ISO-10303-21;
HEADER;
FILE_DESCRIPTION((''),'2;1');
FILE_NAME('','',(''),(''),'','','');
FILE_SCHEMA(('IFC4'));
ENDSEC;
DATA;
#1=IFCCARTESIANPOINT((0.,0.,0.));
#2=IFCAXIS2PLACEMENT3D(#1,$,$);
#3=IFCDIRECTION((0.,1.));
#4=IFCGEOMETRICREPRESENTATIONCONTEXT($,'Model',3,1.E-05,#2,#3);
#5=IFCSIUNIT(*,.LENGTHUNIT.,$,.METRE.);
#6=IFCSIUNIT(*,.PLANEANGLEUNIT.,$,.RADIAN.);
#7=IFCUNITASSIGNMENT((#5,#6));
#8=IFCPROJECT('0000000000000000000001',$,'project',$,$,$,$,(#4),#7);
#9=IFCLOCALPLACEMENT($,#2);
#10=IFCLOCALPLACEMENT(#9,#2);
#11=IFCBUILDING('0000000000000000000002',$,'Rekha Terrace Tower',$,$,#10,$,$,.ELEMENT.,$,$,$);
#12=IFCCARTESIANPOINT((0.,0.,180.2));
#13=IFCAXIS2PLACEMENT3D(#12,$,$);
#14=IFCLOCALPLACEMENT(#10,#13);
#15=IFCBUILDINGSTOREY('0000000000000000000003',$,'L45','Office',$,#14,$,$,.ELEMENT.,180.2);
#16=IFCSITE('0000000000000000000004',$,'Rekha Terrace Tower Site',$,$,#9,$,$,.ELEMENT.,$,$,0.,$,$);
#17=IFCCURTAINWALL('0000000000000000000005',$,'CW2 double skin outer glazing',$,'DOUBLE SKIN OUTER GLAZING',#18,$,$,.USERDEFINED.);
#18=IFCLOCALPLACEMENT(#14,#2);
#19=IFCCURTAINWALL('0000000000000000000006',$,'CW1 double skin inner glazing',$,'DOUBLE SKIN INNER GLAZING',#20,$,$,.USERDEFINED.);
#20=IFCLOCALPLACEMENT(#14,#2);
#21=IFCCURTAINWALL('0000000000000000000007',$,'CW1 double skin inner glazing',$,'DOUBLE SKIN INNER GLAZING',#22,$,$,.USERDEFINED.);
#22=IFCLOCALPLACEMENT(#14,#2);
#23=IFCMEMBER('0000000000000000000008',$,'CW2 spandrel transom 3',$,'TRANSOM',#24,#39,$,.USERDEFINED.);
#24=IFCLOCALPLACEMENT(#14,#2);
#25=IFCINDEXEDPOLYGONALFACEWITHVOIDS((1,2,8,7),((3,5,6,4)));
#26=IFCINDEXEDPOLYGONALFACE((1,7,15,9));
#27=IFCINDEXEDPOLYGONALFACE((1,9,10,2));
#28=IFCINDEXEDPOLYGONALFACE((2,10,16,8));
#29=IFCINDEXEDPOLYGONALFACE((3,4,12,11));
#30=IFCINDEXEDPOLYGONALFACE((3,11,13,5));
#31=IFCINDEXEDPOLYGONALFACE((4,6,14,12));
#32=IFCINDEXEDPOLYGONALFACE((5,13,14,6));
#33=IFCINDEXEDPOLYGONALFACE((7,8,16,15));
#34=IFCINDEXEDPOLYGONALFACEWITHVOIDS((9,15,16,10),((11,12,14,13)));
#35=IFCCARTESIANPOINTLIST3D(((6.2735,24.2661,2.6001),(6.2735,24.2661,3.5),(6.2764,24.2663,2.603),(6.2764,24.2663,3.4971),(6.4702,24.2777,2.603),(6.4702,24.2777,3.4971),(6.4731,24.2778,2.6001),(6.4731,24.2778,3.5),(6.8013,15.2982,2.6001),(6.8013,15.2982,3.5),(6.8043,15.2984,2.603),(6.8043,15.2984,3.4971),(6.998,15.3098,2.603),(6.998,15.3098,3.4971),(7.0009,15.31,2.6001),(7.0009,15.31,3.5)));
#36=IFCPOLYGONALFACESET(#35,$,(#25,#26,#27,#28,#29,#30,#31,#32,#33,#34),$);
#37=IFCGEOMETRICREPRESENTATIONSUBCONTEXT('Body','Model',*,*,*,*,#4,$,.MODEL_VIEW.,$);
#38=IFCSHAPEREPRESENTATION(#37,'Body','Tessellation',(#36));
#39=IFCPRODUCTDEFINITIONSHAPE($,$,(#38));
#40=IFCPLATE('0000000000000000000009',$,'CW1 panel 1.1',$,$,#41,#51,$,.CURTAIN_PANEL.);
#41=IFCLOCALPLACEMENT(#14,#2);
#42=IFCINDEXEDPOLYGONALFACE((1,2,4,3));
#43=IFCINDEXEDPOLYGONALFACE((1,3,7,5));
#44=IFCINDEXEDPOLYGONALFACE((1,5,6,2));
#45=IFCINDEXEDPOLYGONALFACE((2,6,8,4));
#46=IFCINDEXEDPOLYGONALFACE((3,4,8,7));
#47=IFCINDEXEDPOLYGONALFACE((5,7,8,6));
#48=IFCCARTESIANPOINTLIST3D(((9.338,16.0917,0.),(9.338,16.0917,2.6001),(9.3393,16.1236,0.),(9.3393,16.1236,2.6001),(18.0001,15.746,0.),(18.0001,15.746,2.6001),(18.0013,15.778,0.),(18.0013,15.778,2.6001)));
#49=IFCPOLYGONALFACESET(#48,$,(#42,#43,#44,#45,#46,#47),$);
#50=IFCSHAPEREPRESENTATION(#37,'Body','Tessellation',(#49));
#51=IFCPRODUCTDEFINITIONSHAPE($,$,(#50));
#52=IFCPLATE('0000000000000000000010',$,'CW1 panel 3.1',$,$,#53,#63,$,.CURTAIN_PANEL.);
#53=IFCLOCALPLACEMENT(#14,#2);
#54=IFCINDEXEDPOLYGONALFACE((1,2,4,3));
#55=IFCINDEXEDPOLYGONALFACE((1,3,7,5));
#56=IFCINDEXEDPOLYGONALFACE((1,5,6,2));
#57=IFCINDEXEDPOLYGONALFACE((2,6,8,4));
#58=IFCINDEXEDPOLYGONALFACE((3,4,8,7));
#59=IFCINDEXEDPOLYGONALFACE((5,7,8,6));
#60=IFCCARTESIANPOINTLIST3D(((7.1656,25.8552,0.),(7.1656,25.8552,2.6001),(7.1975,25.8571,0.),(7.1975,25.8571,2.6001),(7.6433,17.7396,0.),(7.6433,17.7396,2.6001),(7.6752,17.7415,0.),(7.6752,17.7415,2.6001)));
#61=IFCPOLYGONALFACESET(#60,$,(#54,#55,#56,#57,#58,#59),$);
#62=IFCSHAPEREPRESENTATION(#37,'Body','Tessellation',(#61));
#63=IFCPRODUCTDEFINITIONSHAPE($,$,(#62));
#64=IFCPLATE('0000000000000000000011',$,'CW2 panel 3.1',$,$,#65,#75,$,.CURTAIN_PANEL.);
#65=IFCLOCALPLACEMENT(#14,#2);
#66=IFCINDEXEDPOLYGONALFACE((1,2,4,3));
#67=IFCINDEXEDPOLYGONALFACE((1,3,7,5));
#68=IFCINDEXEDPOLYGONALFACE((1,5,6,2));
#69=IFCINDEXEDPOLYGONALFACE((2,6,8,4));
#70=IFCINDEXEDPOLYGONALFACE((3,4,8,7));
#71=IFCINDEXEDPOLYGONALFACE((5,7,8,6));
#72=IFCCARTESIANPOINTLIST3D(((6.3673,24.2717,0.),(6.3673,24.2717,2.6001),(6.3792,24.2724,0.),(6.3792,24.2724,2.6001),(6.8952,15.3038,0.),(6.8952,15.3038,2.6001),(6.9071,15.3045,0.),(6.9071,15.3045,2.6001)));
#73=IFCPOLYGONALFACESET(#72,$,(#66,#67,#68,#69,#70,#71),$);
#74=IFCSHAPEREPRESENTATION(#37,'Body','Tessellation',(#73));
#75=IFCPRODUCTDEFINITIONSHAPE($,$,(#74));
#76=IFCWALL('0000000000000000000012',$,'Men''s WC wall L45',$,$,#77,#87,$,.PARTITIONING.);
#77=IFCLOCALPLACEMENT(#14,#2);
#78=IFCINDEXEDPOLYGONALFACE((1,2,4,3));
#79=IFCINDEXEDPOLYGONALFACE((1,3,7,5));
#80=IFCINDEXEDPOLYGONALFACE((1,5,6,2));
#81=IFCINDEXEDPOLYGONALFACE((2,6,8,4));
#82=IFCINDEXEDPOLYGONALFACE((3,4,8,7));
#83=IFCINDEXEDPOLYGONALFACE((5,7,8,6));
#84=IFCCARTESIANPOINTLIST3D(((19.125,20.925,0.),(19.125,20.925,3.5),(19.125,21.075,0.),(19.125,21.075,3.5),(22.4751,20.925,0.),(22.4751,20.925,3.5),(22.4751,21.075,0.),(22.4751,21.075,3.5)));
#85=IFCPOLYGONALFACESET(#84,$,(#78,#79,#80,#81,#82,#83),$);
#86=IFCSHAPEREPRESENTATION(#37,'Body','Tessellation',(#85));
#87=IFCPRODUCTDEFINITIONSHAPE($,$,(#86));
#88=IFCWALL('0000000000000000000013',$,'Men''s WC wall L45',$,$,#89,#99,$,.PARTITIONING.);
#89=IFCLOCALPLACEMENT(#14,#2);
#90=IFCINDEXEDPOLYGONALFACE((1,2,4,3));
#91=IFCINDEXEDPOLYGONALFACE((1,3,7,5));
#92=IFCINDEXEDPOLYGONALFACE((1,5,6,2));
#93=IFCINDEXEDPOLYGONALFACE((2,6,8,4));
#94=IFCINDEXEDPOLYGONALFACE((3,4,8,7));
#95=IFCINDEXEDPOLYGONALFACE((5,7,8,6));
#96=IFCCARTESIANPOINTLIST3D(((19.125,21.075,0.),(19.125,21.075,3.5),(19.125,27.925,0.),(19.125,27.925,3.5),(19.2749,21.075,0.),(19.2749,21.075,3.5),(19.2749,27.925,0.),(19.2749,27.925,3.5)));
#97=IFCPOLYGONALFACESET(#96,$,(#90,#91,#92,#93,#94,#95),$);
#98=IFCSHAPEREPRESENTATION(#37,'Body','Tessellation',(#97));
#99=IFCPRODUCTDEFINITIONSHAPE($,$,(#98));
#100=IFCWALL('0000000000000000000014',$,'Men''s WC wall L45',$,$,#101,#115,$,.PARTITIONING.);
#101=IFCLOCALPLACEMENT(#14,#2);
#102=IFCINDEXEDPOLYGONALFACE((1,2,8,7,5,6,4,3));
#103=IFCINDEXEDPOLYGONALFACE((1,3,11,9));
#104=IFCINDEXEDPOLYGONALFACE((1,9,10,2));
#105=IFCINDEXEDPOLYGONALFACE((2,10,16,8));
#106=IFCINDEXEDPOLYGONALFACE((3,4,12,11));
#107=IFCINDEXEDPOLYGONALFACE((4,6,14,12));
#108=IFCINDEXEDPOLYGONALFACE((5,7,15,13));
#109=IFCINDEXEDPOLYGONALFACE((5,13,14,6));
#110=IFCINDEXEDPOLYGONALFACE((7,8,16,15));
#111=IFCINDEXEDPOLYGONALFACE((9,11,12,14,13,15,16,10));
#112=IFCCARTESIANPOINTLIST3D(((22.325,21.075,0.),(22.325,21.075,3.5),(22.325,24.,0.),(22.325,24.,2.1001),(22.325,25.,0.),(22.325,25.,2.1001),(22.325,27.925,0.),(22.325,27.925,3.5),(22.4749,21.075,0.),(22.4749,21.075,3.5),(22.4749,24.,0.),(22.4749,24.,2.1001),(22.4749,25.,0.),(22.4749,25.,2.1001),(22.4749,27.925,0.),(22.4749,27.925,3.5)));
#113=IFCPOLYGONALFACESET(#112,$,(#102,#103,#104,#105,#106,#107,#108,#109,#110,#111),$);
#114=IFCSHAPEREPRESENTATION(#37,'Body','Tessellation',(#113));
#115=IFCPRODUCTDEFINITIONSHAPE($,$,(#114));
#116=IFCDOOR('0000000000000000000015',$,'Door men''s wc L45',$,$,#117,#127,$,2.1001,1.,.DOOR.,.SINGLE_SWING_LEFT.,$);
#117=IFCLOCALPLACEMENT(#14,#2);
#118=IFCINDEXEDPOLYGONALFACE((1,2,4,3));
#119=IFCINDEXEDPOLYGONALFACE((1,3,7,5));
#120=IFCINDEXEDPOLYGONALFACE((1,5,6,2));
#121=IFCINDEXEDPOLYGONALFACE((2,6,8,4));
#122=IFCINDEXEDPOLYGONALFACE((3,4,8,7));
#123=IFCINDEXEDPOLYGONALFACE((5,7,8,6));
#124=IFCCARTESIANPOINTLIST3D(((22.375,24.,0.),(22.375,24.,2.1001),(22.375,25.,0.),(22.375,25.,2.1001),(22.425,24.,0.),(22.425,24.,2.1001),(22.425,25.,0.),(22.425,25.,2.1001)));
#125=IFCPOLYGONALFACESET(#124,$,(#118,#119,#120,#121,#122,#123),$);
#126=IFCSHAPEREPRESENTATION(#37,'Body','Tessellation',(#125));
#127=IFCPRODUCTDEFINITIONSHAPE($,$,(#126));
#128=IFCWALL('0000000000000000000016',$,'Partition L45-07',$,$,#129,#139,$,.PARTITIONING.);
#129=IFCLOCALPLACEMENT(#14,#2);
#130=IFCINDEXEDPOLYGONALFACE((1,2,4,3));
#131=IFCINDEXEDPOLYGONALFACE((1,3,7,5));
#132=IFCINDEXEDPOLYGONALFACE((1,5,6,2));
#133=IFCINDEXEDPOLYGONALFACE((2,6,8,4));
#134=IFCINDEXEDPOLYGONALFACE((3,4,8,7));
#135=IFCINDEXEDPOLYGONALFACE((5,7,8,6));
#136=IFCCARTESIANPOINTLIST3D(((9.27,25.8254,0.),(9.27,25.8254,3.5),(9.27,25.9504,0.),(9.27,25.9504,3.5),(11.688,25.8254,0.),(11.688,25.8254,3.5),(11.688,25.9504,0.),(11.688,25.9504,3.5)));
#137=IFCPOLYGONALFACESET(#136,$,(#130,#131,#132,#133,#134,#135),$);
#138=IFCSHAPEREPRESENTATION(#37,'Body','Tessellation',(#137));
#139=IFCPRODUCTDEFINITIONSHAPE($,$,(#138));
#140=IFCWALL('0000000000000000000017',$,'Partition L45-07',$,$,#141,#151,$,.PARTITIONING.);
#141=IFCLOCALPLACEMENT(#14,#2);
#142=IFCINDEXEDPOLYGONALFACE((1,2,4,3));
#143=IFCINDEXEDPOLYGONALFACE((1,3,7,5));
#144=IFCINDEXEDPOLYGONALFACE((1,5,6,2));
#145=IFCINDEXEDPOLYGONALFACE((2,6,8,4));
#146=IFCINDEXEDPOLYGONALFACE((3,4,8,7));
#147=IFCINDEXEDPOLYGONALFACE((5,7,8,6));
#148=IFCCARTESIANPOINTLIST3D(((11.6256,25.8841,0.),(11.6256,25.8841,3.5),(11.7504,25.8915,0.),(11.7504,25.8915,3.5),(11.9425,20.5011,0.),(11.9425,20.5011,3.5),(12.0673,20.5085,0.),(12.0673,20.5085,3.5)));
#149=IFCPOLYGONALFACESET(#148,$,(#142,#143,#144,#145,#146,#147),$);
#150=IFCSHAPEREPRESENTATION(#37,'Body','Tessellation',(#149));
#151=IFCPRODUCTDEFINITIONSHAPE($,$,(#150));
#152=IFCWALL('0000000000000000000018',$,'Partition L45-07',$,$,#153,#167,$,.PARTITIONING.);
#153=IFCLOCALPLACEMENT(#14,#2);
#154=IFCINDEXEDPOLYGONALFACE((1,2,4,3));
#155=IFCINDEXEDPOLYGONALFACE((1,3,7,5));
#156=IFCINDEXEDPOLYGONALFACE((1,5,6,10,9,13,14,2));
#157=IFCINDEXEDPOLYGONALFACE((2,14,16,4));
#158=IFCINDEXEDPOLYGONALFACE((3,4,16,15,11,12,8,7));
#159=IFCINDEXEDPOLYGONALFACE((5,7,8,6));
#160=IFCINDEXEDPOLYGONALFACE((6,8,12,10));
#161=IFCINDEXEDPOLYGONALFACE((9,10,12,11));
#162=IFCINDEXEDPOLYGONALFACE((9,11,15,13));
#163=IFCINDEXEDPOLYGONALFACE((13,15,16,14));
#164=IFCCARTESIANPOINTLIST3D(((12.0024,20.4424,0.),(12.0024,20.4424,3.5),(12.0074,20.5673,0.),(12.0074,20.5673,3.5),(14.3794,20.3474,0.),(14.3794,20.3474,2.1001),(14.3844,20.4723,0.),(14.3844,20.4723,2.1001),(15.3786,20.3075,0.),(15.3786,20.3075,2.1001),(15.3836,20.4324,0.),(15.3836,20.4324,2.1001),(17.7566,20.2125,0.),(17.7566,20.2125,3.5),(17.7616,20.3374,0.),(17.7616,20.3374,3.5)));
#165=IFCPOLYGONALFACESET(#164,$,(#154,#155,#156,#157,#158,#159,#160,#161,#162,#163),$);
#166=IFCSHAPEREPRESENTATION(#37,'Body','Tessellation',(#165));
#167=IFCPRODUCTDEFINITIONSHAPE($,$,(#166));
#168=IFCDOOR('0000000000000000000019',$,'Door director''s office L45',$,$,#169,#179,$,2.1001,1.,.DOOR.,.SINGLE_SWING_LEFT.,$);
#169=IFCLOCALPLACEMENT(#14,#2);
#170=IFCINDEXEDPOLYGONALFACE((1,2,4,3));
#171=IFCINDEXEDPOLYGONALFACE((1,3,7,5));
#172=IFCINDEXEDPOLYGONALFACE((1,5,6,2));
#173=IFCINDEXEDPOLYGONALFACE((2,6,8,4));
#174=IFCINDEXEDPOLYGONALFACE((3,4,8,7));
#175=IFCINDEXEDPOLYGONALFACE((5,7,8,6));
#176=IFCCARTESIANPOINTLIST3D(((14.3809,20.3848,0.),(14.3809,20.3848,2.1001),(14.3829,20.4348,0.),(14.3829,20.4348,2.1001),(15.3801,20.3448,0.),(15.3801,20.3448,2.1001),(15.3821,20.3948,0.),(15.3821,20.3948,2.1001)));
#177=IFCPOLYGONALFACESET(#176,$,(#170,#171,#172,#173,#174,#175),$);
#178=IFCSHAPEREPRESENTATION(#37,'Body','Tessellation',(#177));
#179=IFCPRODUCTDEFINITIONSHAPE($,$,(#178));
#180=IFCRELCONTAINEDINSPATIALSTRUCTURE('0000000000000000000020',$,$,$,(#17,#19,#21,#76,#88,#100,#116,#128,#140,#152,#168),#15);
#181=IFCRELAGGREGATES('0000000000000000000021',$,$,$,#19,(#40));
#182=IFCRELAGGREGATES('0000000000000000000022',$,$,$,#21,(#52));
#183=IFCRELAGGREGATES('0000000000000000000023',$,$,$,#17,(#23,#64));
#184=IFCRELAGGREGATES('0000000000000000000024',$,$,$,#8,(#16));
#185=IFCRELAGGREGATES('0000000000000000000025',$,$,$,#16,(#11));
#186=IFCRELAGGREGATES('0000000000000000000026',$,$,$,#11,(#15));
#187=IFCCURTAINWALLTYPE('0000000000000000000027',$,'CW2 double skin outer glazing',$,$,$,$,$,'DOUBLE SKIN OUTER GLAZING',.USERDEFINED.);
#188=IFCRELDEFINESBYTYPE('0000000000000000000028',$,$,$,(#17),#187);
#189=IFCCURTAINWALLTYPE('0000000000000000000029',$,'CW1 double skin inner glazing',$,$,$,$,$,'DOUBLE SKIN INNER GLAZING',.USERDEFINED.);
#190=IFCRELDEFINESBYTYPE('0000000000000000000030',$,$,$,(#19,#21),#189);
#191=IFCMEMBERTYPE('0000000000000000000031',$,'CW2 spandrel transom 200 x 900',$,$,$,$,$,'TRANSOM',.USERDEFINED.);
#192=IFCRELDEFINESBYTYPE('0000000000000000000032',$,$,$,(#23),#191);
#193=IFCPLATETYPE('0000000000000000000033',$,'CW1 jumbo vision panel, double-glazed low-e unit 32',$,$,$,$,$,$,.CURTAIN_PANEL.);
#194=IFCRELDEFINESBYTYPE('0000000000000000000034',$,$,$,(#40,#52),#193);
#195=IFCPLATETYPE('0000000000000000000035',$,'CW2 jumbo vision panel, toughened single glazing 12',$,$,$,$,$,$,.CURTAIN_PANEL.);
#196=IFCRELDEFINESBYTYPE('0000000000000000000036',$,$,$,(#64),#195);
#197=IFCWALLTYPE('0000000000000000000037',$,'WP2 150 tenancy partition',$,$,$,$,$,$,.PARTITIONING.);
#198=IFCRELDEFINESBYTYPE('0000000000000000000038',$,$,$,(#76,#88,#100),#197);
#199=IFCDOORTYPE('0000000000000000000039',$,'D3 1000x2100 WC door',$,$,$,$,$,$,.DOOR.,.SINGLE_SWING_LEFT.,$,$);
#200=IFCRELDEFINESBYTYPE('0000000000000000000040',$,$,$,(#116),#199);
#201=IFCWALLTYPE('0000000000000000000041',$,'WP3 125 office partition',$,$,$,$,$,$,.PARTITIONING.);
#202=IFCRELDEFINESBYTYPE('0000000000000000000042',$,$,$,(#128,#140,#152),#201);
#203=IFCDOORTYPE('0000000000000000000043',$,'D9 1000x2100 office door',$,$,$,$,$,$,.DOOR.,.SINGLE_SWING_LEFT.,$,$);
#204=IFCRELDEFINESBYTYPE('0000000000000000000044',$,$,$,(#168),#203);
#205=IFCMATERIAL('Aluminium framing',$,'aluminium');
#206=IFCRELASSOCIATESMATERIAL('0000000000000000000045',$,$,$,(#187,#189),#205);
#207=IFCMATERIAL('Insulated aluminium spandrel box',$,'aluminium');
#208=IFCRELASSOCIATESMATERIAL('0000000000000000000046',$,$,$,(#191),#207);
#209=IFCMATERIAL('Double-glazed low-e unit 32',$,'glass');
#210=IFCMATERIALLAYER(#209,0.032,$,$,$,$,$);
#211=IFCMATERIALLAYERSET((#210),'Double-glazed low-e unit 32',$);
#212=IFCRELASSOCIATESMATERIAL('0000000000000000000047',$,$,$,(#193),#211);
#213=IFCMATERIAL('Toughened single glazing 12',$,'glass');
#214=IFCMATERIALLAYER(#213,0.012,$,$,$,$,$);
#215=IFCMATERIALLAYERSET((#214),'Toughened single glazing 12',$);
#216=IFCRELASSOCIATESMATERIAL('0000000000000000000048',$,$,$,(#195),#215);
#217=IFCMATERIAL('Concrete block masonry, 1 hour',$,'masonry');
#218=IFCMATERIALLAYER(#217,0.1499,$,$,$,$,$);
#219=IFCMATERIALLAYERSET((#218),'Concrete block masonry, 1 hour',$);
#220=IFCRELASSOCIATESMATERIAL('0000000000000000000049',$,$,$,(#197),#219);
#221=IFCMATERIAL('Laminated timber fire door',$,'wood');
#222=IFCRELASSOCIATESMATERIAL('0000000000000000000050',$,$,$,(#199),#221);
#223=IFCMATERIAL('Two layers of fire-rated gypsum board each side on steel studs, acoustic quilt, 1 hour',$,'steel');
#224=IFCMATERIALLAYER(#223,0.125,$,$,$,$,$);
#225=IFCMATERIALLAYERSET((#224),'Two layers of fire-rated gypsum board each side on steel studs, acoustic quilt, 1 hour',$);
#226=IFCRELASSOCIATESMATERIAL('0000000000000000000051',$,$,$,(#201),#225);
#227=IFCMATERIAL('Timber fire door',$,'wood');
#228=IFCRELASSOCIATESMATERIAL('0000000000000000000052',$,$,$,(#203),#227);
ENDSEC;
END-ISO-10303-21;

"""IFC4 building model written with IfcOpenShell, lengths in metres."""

from ifc_helpers import new_model, si_unit, direction, frame, frame_2d, origin, origin_2d, place, context, subcontext, project, spatial, rectangle, hollow_rectangle, extrude, material, layer, layer_set, material_profile, profile_set, type_object, element, fill, aggregate, save


model = new_model("IFC4")

# Units and contexts
model_context = context("Model", 3, precision=1e-05, world=origin(), true_north=direction((0.0, 1.0)))
body_context = subcontext(model_context, "Body", "Model", "MODEL_VIEW")
ifc_project = project(units=[si_unit("LENGTHUNIT", "METRE"), si_unit("PLANEANGLEUNIT", "RADIAN")], contexts=[model_context])

# Site, building, storey
site_placement = place(None, origin())
site = spatial("IfcSite", under=ifc_project, at=site_placement, Name="Rekha Terrace Tower Site", CompositionType="ELEMENT", RefElevation=0.0)
building_placement = place(site_placement, origin())
building = spatial("IfcBuilding", under=site, at=building_placement, Name="Rekha Terrace Tower", CompositionType="ELEMENT")
storey_placement = place(building_placement, frame((0.0, 0.0, 180.2)))
storey = spatial("IfcBuildingStorey", under=building, at=storey_placement, Name="L45", Description="Office", CompositionType="ELEMENT", Elevation=180.2)

# Curtain walls
ifc_material_1 = material(Name="Aluminium framing", Category="aluminium")
curtain_wall_type_1 = type_object("IfcCurtainWallType", Name="CW2 double skin outer glazing", ElementType="DOUBLE SKIN OUTER GLAZING", PredefinedType="USERDEFINED", material=ifc_material_1)
curtain_wall_1_placement = place(storey_placement, origin())
curtain_wall_1 = element("IfcCurtainWall", 1, at=curtain_wall_1_placement, inside=storey, type_object=curtain_wall_type_1, Name="CW2 double skin outer glazing", ObjectType="DOUBLE SKIN OUTER GLAZING", PredefinedType="USERDEFINED")
curtain_wall_type_2 = type_object("IfcCurtainWallType", Name="CW1 double skin inner glazing", ElementType="DOUBLE SKIN INNER GLAZING", PredefinedType="USERDEFINED", material=ifc_material_1)
curtain_wall_2_placement = place(storey_placement, origin())
curtain_wall_2 = element("IfcCurtainWall", 2, at=curtain_wall_2_placement, inside=storey, type_object=curtain_wall_type_2, Name="CW1 double skin inner glazing", ObjectType="DOUBLE SKIN INNER GLAZING", PredefinedType="USERDEFINED")

# Curtain wall
curtain_wall_3_placement = place(storey_placement, origin())
curtain_wall_3 = element("IfcCurtainWall", 3, at=curtain_wall_3_placement, inside=storey, type_object=curtain_wall_type_2, Name="CW1 double skin inner glazing", ObjectType="DOUBLE SKIN INNER GLAZING", PredefinedType="USERDEFINED")

# Member
ifc_material_2 = material(Name="Insulated aluminium spandrel box", Category="aluminium")
ifc_material_profile_1 = material_profile(ifc_material_2, hollow_rectangle(XDim=0.2, YDim=0.8999, WallThickness=0.0029, at=origin_2d()), Name="AL SPANDREL BOX 200x900")
ifc_profile_set_1 = profile_set([ifc_material_profile_1], Name="Insulated aluminium spandrel box")
member_type_1 = type_object("IfcMemberType", Name="CW2 spandrel transom 200 x 900", ElementType="TRANSOM", PredefinedType="USERDEFINED", material=ifc_profile_set_1)
member_1_placement = place(storey_placement, frame((6.3733, 24.272, 3.05), z_axis=(0.058757, -0.998272, 0.0), x_axis=(0.998272, 0.058757, 0.0)))
member_1 = element("IfcMember", 4, at=member_1_placement, type_object=member_type_1, Name="CW2 spandrel transom 3", ObjectType="TRANSOM", PredefinedType="USERDEFINED", context=body_context, shape_type="SweptSolid", body=[
    extrude(hollow_rectangle(XDim=0.2, YDim=0.8999, WallThickness=0.0029, at=origin_2d()), origin(), (0.0, 0.0, 1.0), 8.9834),
])

# Plates
ifc_material_3 = material(Name="Double-glazed low-e unit 32", Category="glass")
ifc_layer_1 = layer(ifc_material_3, 0.032)
ifc_layer_set_1 = layer_set([ifc_layer_1], Name="Double-glazed low-e unit 32")
plate_type_1 = type_object("IfcPlateType", Name="CW1 jumbo vision panel, double-glazed low-e unit 32", PredefinedType="CURTAIN_PANEL", material=ifc_layer_set_1)
plate_1_placement = place(storey_placement, frame((13.6697, 15.9348, 0.0), z_axis=(0.0, 0.0, 1.0), x_axis=(0.999205, -0.039872, 0.0)))
plate_1 = element("IfcPlate", 5, at=plate_1_placement, type_object=plate_type_1, Name="CW1 panel 1.1", PredefinedType="CURTAIN_PANEL", context=body_context, shape_type="SweptSolid", body=[
    extrude(rectangle(XDim=8.6689, YDim=0.032, at=origin_2d()), origin(), (0.0, 0.0, 1.0), 2.6001),
])
aggregate(curtain_wall_2, [plate_1])
plate_2_placement = place(storey_placement, frame((7.4204, 21.7983, 0.0), z_axis=(0.0, 0.0, 1.0), x_axis=(0.058765, -0.998272, 0.0)))
plate_2 = element("IfcPlate", 6, at=plate_2_placement, type_object=plate_type_1, Name="CW1 panel 3.1", PredefinedType="CURTAIN_PANEL", context=body_context, shape_type="SweptSolid", body=[
    extrude(rectangle(XDim=8.1296, YDim=0.032, at=origin_2d()), origin(), (0.0, 0.0, 1.0), 2.6001),
])
aggregate(curtain_wall_3, [plate_2])
ifc_material_4 = material(Name="Toughened single glazing 12", Category="glass")
ifc_layer_2 = layer(ifc_material_4, 0.012)
ifc_layer_set_2 = layer_set([ifc_layer_2], Name="Toughened single glazing 12")
plate_type_2 = type_object("IfcPlateType", Name="CW2 jumbo vision panel, toughened single glazing 12", PredefinedType="CURTAIN_PANEL", material=ifc_layer_set_2)
plate_3_placement = place(storey_placement, frame((6.6372, 19.7881, 0.0), z_axis=(0.0, 0.0, 1.0), x_axis=(0.058765, -0.998272, 0.0)))
plate_3 = element("IfcPlate", 7, at=plate_3_placement, type_object=plate_type_2, Name="CW2 panel 3.1", PredefinedType="CURTAIN_PANEL", context=body_context, shape_type="SweptSolid", body=[
    extrude(rectangle(XDim=8.9834, YDim=0.012, at=origin_2d()), origin(), (0.0, 0.0, 1.0), 2.6001),
])
aggregate(curtain_wall_1, [member_1, plate_3])

# Walls
ifc_material_5 = material(Name="Concrete block masonry, 1 hour", Category="masonry")
ifc_layer_3 = layer(ifc_material_5, 0.1499)
ifc_layer_set_3 = layer_set([ifc_layer_3], Name="Concrete block masonry, 1 hour")
wall_type_1 = type_object("IfcWallType", Name="WP2 150 tenancy partition", PredefinedType="PARTITIONING", material=ifc_layer_set_3)
wall_1_placement = place(storey_placement, frame((19.125, 21.0, 0.0), z_axis=(0.0, 0.0, 1.0), x_axis=(1.0, 0.0, 0.0)))
element("IfcWall", 8, at=wall_1_placement, inside=storey, type_object=wall_type_1, Name="Men's WC wall L45", PredefinedType="PARTITIONING", context=body_context, shape_type="SweptSolid", body=[
    extrude(rectangle(XDim=3.3501, YDim=0.1499, at=frame_2d((1.675, 0.0))), origin(), (0.0, 0.0, 1.0), 3.5),
])
wall_2_placement = place(storey_placement, frame((19.2, 21.075, 0.0), z_axis=(0.0, 0.0, 1.0), x_axis=(0.0, 1.0, 0.0)))
element("IfcWall", 9, at=wall_2_placement, inside=storey, type_object=wall_type_1, Name="Men's WC wall L45", PredefinedType="PARTITIONING", context=body_context, shape_type="SweptSolid", body=[
    extrude(rectangle(XDim=6.8501, YDim=0.1499, at=frame_2d((3.425, 0.0))), origin(), (0.0, 0.0, 1.0), 3.5),
])

# Wall, opening, door
wall_3_placement = place(storey_placement, frame((22.3999, 21.075, 0.0), z_axis=(0.0, 0.0, 1.0), x_axis=(0.0, 1.0, 0.0)))
wall_3 = element("IfcWall", 10, at=wall_3_placement, inside=storey, type_object=wall_type_1, Name="Men's WC wall L45", PredefinedType="PARTITIONING", context=body_context, shape_type="SweptSolid", body=[
    extrude(rectangle(XDim=6.8501, YDim=0.1499, at=frame_2d((3.425, 0.0))), origin(), (0.0, 0.0, 1.0), 3.5),
])
opening_1_placement = place(wall_3_placement, frame((2.925, 0.0, 0.0)))
opening_1 = element("IfcOpeningElement", 11, at=opening_1_placement, cuts=wall_3, PredefinedType="OPENING", context=body_context, shape_type="SweptSolid", body=[
    extrude(rectangle(XDim=1.0, YDim=2.1001, at=frame_2d((0.5, 1.05))), frame((0.0, 0.085, 0.0), z_axis=(0.0, -1.0, 0.0), x_axis=(1.0, 0.0, 0.0)), (0.0, 0.0, 1.0), 0.1699),
])
ifc_material_6 = material(Name="Laminated timber fire door", Category="wood")
door_type_1 = type_object("IfcDoorType", Name="D3 1000x2100 WC door", OperationType="SINGLE_SWING_LEFT", PredefinedType="DOOR", material=ifc_material_6)
door_1_placement = place(opening_1_placement, origin())
door_1 = element("IfcDoor", 12, at=door_1_placement, inside=storey, type_object=door_type_1, Name="Door men's wc L45", OperationType="SINGLE_SWING_LEFT", OverallHeight=2.1001, OverallWidth=1.0, PredefinedType="DOOR", context=body_context, shape_type="SweptSolid", body=[
    extrude(rectangle(XDim=1.0, YDim=2.1001, at=frame_2d((0.5, 1.05))), frame((0.0, 0.0249, 0.0), z_axis=(0.0, -1.0, 0.0), x_axis=(1.0, 0.0, 0.0)), (0.0, 0.0, 1.0), 0.05),
])
fill(opening_1, door_1)

# Walls
ifc_material_7 = material(Name="Two layers of fire-rated gypsum board each side on steel studs, acoustic quilt, 1 hour", Category="steel")
ifc_layer_4 = layer(ifc_material_7, 0.125)
ifc_layer_set_4 = layer_set([ifc_layer_4], Name="Two layers of fire-rated gypsum board each side on steel studs, acoustic quilt, 1 hour")
wall_type_2 = type_object("IfcWallType", Name="WP3 125 office partition", PredefinedType="PARTITIONING", material=ifc_layer_set_4)
wall_4_placement = place(storey_placement, frame((9.27, 25.8879, 0.0), z_axis=(0.0, 0.0, 1.0), x_axis=(1.0, 0.0, 0.0)))
element("IfcWall", 13, at=wall_4_placement, inside=storey, type_object=wall_type_2, Name="Partition L45-07", PredefinedType="PARTITIONING", context=body_context, shape_type="SweptSolid", body=[
    extrude(rectangle(XDim=2.418, YDim=0.125, at=frame_2d((1.209, 0.0))), origin(), (0.0, 0.0, 1.0), 3.5),
])
wall_5_placement = place(storey_placement, frame((11.688, 25.8879, 0.0), z_axis=(0.0, 0.0, 1.0), x_axis=(0.058767, -0.998272, 0.0)))
element("IfcWall", 14, at=wall_5_placement, inside=storey, type_object=wall_type_2, Name="Partition L45-07", PredefinedType="PARTITIONING", context=body_context, shape_type="SweptSolid", body=[
    extrude(rectangle(XDim=5.3923, YDim=0.125, at=frame_2d((2.6963, 0.0))), origin(), (0.0, 0.0, 1.0), 3.5),
])

# Wall, opening, door
wall_6_placement = place(storey_placement, frame((12.0049, 20.5049, 0.0), z_axis=(0.0, 0.0, 1.0), x_axis=(0.999202, -0.039936, 0.0)))
wall_6 = element("IfcWall", 15, at=wall_6_placement, inside=storey, type_object=wall_type_2, Name="Partition L45-07", PredefinedType="PARTITIONING", context=body_context, shape_type="SweptSolid", body=[
    extrude(rectangle(XDim=5.7588, YDim=0.125, at=frame_2d((2.8794, 0.0))), origin(), (0.0, 0.0, 1.0), 3.5),
])
opening_2_placement = place(wall_6_placement, frame((2.3789, 0.0, 0.0)))
opening_2 = element("IfcOpeningElement", 16, at=opening_2_placement, cuts=wall_6, PredefinedType="OPENING", context=body_context, shape_type="SweptSolid", body=[
    extrude(rectangle(XDim=1.0, YDim=2.1001, at=frame_2d((0.5, 1.05))), frame((0.0, 0.0725, 0.0), z_axis=(0.0, -1.0, 0.0), x_axis=(1.0, 0.0, 0.0)), (0.0, 0.0, 1.0), 0.145),
])
ifc_material_8 = material(Name="Timber fire door", Category="wood")
door_type_2 = type_object("IfcDoorType", Name="D9 1000x2100 office door", OperationType="SINGLE_SWING_LEFT", PredefinedType="DOOR", material=ifc_material_8)
door_2_placement = place(opening_2_placement, origin())
door_2 = element("IfcDoor", 17, at=door_2_placement, inside=storey, type_object=door_type_2, Name="Door director's office L45", OperationType="SINGLE_SWING_LEFT", OverallHeight=2.1001, OverallWidth=1.0, PredefinedType="DOOR", context=body_context, shape_type="SweptSolid", body=[
    extrude(rectangle(XDim=1.0, YDim=2.1001, at=frame_2d((0.5, 1.05))), frame((0.0, 0.0249, 0.0), z_axis=(0.0, -1.0, 0.0), x_axis=(1.0, 0.0, 0.0)), (0.0, 0.0, 1.0), 0.05),
])
fill(opening_2, door_2)

save(model, "model.ifc")
